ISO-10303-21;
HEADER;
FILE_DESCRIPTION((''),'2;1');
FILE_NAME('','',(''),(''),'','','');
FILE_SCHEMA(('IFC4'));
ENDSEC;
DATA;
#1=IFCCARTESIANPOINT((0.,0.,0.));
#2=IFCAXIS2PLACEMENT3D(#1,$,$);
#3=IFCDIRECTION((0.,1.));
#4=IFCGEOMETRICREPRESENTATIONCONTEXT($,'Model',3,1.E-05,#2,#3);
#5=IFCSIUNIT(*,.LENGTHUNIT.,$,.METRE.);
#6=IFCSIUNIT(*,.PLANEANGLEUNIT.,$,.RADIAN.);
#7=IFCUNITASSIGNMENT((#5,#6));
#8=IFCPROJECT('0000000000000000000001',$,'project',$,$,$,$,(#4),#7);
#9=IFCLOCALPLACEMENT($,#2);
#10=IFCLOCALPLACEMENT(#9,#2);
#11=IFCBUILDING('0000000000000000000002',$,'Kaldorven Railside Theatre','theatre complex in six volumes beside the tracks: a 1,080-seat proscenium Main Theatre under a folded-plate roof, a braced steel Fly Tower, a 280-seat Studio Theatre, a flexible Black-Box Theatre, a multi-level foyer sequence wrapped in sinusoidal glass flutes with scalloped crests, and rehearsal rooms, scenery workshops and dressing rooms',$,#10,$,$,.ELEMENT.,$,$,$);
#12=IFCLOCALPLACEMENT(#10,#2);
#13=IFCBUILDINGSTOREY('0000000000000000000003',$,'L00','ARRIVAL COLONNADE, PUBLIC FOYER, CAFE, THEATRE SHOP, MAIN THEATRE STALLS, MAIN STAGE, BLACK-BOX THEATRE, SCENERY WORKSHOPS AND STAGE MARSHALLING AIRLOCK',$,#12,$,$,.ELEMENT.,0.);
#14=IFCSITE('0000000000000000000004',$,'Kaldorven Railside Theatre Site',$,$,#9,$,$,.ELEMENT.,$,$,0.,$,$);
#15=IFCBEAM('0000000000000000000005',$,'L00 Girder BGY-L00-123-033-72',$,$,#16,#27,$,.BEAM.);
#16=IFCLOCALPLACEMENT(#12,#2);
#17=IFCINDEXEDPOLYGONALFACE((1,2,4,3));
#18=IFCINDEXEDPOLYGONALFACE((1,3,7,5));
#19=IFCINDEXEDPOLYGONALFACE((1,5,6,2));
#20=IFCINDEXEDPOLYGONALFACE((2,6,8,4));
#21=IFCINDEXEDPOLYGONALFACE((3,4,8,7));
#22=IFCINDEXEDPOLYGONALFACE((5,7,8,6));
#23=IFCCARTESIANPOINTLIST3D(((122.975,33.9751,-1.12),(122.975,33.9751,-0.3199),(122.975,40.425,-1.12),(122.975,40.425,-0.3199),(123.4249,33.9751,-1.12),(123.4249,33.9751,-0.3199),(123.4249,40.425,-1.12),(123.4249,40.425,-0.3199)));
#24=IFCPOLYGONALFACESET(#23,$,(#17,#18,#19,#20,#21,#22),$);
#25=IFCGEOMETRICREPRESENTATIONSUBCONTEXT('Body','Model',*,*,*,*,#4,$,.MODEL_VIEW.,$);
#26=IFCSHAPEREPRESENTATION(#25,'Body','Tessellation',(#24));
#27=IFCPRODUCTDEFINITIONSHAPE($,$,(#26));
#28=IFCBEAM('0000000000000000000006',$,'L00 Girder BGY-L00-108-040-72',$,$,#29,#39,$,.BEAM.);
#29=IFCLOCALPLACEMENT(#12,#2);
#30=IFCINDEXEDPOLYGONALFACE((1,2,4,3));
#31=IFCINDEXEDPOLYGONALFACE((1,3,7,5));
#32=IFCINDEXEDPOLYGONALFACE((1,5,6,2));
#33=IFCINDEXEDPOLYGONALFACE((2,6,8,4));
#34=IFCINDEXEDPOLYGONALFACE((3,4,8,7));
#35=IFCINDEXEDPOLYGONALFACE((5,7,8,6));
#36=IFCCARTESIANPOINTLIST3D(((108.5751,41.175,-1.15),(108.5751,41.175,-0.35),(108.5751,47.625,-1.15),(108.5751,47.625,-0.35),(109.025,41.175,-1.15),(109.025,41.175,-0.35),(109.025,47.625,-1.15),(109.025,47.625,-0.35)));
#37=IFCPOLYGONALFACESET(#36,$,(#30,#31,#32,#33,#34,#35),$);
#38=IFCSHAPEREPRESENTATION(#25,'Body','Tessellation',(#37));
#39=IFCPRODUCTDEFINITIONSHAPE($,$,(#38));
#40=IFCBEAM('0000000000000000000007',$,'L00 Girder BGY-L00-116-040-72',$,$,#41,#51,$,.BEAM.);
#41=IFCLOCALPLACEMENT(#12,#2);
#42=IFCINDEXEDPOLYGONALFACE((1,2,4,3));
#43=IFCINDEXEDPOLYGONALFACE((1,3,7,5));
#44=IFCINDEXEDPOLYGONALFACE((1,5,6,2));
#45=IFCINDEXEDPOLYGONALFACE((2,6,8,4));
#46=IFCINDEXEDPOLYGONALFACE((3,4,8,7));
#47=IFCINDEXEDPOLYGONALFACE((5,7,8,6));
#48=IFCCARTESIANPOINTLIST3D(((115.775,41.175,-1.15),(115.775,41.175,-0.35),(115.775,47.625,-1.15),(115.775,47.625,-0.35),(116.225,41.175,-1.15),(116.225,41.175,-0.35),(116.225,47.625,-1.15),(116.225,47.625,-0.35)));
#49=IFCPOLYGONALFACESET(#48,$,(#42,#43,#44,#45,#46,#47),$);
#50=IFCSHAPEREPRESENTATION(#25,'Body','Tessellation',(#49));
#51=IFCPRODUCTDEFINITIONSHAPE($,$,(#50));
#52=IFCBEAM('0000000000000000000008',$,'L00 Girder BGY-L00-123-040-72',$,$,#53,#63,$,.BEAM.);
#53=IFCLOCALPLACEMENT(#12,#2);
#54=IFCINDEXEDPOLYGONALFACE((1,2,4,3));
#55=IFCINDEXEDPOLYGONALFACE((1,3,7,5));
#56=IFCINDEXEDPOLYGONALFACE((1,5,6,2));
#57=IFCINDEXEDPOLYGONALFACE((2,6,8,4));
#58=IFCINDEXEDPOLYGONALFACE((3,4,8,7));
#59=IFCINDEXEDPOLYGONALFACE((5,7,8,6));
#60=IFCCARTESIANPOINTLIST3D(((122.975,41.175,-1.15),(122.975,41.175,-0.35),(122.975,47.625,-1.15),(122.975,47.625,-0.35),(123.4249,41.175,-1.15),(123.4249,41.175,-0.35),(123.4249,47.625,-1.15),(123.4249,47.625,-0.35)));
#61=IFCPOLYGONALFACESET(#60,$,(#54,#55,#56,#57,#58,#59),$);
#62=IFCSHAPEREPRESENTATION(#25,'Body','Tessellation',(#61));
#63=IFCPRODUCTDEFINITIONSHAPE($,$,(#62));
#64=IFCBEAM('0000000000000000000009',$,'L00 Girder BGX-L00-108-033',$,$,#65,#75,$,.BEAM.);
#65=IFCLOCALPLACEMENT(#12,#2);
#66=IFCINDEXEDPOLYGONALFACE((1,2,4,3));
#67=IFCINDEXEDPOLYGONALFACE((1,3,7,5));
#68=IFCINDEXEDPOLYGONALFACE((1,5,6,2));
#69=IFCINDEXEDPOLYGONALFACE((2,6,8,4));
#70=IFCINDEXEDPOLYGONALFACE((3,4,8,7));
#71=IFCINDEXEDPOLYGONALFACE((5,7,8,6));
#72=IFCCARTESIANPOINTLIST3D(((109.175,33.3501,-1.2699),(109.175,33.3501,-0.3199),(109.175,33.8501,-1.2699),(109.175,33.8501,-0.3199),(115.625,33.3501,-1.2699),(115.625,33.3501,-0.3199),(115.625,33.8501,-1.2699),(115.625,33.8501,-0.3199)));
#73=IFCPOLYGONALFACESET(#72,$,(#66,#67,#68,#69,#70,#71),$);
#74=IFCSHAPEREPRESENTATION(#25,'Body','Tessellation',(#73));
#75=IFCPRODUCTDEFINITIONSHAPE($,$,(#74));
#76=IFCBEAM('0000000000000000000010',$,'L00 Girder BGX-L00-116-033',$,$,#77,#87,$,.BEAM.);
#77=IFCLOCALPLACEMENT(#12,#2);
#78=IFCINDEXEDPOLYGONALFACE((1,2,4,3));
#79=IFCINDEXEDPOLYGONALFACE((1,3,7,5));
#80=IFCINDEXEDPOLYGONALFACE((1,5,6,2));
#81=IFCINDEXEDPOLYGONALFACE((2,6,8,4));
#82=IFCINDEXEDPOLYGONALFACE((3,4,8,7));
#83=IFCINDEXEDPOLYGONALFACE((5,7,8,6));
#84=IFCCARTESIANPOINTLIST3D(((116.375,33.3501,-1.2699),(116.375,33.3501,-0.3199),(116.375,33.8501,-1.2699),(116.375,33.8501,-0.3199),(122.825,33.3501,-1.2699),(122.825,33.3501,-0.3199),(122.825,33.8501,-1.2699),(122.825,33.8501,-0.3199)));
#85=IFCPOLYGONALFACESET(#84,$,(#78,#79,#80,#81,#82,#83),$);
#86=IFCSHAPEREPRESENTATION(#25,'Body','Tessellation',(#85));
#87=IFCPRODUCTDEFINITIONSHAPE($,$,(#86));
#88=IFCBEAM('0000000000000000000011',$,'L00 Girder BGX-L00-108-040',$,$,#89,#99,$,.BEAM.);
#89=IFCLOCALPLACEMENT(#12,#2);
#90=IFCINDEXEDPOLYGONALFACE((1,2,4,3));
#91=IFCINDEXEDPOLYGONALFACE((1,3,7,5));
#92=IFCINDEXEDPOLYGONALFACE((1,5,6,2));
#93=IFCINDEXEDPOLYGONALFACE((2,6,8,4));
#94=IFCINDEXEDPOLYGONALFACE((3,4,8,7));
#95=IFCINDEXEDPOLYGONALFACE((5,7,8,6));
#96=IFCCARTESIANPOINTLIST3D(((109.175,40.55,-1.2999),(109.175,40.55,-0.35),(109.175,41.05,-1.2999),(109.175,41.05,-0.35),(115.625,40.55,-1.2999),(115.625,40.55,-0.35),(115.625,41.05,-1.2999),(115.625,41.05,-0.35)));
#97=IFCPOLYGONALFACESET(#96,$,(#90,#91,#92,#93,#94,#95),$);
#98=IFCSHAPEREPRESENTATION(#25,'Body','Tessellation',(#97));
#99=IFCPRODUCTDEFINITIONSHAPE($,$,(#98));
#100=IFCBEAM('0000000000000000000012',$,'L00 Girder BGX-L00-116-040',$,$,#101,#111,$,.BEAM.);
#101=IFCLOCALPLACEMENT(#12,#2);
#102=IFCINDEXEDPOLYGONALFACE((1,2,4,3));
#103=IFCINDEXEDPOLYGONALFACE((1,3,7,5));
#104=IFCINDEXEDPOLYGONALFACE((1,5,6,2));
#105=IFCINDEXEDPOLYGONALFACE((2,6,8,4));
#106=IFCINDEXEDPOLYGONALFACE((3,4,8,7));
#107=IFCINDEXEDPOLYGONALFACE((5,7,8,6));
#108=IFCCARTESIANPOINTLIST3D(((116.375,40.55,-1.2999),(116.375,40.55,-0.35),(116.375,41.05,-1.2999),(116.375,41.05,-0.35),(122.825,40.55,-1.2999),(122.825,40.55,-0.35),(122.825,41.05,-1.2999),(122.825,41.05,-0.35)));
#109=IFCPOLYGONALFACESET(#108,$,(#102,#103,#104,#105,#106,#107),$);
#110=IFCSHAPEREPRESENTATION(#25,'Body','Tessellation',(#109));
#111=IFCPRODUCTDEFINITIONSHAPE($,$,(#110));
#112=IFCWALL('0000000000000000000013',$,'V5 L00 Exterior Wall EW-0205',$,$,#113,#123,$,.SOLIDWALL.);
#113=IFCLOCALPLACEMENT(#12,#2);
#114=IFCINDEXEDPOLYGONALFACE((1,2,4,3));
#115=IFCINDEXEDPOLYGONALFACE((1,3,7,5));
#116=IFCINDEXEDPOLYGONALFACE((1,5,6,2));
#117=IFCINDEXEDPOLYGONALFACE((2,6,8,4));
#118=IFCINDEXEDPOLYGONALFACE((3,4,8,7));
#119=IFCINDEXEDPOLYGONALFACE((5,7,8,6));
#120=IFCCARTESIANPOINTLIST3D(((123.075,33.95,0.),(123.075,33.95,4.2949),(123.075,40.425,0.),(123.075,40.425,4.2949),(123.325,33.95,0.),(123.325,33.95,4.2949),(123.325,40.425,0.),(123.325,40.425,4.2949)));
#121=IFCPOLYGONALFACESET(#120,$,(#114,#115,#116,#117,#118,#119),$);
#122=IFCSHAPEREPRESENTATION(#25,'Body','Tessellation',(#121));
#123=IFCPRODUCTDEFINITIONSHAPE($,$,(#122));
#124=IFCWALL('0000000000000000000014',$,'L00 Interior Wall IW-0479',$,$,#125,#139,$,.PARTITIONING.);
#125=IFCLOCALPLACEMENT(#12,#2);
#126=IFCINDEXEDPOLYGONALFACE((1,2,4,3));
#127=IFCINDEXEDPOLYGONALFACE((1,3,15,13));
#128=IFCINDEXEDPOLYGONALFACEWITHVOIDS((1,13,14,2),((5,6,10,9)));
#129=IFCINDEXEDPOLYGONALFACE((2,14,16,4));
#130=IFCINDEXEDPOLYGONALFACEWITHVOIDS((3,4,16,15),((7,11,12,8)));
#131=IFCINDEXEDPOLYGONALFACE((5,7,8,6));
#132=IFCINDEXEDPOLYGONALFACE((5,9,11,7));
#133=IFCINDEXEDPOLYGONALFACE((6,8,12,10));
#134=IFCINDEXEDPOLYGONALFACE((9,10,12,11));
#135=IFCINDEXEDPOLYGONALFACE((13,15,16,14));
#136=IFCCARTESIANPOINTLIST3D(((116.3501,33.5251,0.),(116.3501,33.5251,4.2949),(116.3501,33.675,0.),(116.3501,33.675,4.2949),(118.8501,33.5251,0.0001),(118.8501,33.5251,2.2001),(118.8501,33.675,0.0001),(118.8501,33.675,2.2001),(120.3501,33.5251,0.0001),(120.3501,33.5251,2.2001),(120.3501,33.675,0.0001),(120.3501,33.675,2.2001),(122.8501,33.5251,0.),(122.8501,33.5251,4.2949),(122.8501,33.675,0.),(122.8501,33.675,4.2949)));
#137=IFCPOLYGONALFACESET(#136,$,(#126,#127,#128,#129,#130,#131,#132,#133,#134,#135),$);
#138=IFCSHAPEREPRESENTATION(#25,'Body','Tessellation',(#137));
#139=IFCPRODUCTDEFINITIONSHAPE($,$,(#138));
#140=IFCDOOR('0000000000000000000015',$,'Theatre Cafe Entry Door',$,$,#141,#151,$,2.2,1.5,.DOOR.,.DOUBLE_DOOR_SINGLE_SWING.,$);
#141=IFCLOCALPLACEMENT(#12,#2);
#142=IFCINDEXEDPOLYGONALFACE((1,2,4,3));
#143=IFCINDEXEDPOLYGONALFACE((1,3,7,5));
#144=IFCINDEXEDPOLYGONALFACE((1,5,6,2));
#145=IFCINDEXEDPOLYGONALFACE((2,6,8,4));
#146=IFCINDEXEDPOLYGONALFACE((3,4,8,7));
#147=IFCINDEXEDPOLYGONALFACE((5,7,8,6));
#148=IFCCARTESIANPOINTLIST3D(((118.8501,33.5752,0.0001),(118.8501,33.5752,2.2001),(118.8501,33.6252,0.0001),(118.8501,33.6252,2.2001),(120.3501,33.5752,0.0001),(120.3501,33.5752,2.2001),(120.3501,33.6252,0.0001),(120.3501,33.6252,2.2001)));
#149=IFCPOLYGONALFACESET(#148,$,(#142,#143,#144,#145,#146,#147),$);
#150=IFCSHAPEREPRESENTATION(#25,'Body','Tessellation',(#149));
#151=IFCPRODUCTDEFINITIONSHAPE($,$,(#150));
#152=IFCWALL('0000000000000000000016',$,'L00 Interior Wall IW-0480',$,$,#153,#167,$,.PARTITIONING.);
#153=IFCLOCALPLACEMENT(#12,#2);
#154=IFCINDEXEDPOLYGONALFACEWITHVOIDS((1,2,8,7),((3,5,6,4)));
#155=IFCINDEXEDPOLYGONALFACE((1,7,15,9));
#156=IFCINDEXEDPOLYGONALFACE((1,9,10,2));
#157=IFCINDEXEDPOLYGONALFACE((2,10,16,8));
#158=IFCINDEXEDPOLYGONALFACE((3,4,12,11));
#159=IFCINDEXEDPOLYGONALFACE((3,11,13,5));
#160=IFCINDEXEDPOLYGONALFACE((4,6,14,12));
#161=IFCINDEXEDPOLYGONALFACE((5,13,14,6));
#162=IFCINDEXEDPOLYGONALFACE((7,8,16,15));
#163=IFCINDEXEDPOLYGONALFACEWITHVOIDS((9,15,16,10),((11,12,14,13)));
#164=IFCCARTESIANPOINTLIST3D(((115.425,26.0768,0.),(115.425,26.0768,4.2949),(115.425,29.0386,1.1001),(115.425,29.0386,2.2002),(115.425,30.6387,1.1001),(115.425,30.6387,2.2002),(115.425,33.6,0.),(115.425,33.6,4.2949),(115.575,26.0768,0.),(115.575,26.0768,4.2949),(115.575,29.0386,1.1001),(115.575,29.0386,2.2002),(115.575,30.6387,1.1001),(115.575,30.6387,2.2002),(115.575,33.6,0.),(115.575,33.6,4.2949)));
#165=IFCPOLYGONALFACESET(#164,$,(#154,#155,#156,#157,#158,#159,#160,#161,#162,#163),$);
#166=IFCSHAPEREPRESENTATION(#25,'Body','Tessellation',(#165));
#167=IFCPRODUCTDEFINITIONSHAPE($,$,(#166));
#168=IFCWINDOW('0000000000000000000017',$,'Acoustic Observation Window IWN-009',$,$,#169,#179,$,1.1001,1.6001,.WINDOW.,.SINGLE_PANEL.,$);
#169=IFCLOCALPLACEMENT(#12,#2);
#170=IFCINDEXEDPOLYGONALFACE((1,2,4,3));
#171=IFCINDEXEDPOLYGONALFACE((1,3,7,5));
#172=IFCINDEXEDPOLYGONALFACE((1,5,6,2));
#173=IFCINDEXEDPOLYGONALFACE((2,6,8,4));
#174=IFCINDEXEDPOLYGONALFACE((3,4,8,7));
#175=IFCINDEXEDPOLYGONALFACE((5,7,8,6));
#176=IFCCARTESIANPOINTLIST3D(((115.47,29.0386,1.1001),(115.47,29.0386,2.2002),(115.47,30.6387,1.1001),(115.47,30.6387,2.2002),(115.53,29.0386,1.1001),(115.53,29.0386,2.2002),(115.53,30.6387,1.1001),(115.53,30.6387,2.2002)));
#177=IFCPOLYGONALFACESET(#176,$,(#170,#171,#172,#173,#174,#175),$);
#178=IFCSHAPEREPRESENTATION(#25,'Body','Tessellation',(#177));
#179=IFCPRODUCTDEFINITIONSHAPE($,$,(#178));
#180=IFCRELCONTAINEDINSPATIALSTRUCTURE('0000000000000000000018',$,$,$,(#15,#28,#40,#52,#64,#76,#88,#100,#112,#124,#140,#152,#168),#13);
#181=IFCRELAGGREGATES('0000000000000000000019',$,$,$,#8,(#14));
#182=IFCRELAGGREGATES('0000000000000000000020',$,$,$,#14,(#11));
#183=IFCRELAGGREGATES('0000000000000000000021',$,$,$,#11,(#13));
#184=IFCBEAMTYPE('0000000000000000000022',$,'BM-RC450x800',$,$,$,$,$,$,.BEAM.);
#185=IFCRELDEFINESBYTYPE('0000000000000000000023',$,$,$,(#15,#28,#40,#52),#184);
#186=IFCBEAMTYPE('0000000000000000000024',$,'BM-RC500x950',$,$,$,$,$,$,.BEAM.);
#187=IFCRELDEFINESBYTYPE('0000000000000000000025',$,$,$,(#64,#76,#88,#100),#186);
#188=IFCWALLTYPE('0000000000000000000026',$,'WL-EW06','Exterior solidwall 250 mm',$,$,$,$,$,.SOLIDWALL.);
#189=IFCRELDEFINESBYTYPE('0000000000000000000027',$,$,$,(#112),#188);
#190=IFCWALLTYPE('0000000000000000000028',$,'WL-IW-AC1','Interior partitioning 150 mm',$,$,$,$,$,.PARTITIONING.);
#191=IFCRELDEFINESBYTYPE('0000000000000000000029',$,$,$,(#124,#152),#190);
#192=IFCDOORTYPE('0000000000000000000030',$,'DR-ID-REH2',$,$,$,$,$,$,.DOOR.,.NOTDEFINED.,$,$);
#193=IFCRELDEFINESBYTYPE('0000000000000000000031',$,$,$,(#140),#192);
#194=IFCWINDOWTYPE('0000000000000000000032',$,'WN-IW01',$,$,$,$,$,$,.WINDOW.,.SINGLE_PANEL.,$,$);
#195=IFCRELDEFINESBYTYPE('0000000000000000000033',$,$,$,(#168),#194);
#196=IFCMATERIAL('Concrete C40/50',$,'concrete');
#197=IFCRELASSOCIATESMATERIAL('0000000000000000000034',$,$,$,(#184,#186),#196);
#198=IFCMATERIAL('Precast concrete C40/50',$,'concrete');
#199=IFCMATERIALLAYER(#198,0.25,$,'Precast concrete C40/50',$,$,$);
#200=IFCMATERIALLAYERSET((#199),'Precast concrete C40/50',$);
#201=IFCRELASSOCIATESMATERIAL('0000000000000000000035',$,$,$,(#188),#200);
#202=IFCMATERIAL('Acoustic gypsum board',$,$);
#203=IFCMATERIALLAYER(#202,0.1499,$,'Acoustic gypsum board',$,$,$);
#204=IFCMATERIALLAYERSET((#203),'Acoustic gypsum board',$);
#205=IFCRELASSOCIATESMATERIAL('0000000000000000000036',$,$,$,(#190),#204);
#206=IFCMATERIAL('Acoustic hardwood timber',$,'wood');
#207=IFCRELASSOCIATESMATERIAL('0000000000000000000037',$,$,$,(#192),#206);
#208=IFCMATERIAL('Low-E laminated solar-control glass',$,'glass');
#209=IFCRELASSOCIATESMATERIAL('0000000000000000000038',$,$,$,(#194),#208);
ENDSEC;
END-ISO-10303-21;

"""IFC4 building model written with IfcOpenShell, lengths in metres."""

from ifc_helpers import new_model, si_unit, direction, frame, frame_2d, origin, origin_2d, place, context, subcontext, project, spatial, rectangle, extrude, material, layer, layer_set, material_profile, profile_set, type_object, element, fill, save


model = new_model("IFC4")

# Units and contexts
model_context = context("Model", 3, precision=1e-05, world=origin(), true_north=direction((0.0, 1.0)))
body_context = subcontext(model_context, "Body", "Model", "MODEL_VIEW")
ifc_project = project(units=[si_unit("LENGTHUNIT", "METRE"), si_unit("PLANEANGLEUNIT", "RADIAN")], contexts=[model_context])

# Site, building, storey
site_placement = place(None, origin())
site = spatial("IfcSite", under=ifc_project, at=site_placement, Name="Kaldorven Railside Theatre Site", CompositionType="ELEMENT", RefElevation=0.0)
building_placement = place(site_placement, origin())
building = spatial("IfcBuilding", under=site, at=building_placement, Name="Kaldorven Railside Theatre", Description="theatre complex in six volumes beside the tracks: a 1,080-seat proscenium Main Theatre under a folded-plate roof, a braced steel Fly Tower, a 280-seat Studio Theatre, a flexible Black-Box Theatre, a multi-level foyer sequence wrapped in sinusoidal glass flutes with scalloped crests, and rehearsal rooms, scenery workshops and dressing rooms", CompositionType="ELEMENT")
storey_placement = place(building_placement, origin())
storey = spatial("IfcBuildingStorey", under=building, at=storey_placement, Name="L00", Description="ARRIVAL COLONNADE, PUBLIC FOYER, CAFE, THEATRE SHOP, MAIN THEATRE STALLS, MAIN STAGE, BLACK-BOX THEATRE, SCENERY WORKSHOPS AND STAGE MARSHALLING AIRLOCK", CompositionType="ELEMENT", Elevation=0.0)

# Shared definitions
ifc_material_1 = material(Name="Concrete C40/50", Category="concrete")

# Beams
ifc_material_profile_1 = material_profile(ifc_material_1, rectangle(XDim=0.45, YDim=0.8, at=origin_2d()), Name="RC 450x800")
ifc_profile_set_1 = profile_set([ifc_material_profile_1], Name="Concrete C40/50")
beam_type_1 = type_object("IfcBeamType", Name="BM-RC450x800", PredefinedType="BEAM", material=ifc_profile_set_1)
for number, where, z_axis, x_axis, name in (
    (1, (123.2, 33.9751, -0.72), (0.0, 1.0, 0.0), (-1.0, 0.0, 0.0), "L00 Girder BGY-L00-123-033-72"),
    (2, (108.8, 41.175, -0.75), (0.0, 1.0, 0.0), (-1.0, 0.0, 0.0), "L00 Girder BGY-L00-108-040-72"),
    (3, (116.0, 41.175, -0.75), (0.0, 1.0, 0.0), (-1.0, 0.0, 0.0), "L00 Girder BGY-L00-116-040-72"),
    (4, (123.2, 41.175, -0.75), (0.0, 1.0, 0.0), (-1.0, 0.0, 0.0), "L00 Girder BGY-L00-123-040-72"),
):
    element("IfcBeam", number, at=place(storey_placement, frame(where, z_axis=z_axis, x_axis=x_axis)), inside=storey, type_object=beam_type_1, Name=name, PredefinedType="BEAM", context=body_context, shape_type="SweptSolid", body=[
        extrude(rectangle(XDim=0.45, YDim=0.8, at=origin_2d()), origin(), (0.0, 0.0, 1.0), 6.45),
    ])
ifc_material_profile_2 = material_profile(ifc_material_1, rectangle(XDim=0.5, YDim=0.95, at=origin_2d()), Name="RC 500x950")
ifc_profile_set_2 = profile_set([ifc_material_profile_2], Name="Concrete C40/50")
beam_type_2 = type_object("IfcBeamType", Name="BM-RC500x950", PredefinedType="BEAM", material=ifc_profile_set_2)
for number, where, z_axis, x_axis, name in (
    (5, (109.175, 33.6001, -0.7949), (1.0, 0.0, 0.0), (0.0, 1.0, 0.0), "L00 Girder BGX-L00-108-033"),
    (6, (116.375, 33.6001, -0.7949), (1.0, 0.0, 0.0), (0.0, 1.0, 0.0), "L00 Girder BGX-L00-116-033"),
    (7, (109.175, 40.8, -0.825), (1.0, 0.0, 0.0), (0.0, 1.0, 0.0), "L00 Girder BGX-L00-108-040"),
    (8, (116.375, 40.8, -0.825), (1.0, 0.0, 0.0), (0.0, 1.0, 0.0), "L00 Girder BGX-L00-116-040"),
):
    element("IfcBeam", number, at=place(storey_placement, frame(where, z_axis=z_axis, x_axis=x_axis)), inside=storey, type_object=beam_type_2, Name=name, PredefinedType="BEAM", context=body_context, shape_type="SweptSolid", body=[
        extrude(rectangle(XDim=0.5, YDim=0.95, at=origin_2d()), origin(), (0.0, 0.0, 1.0), 6.45),
    ])

# Wall
ifc_material_2 = material(Name="Precast concrete C40/50", Category="concrete")
ifc_layer_1 = layer(ifc_material_2, 0.25, Name="Precast concrete C40/50")
ifc_layer_set_1 = layer_set([ifc_layer_1], Name="Precast concrete C40/50")
wall_type_1 = type_object("IfcWallType", Name="WL-EW06", Description="Exterior solidwall 250 mm", PredefinedType="SOLIDWALL", material=ifc_layer_set_1)
wall_1_placement = place(storey_placement, frame((123.2, 40.425, 0.0), z_axis=(0.0, 0.0, 1.0), x_axis=(0.0, -1.0, 0.0)))
element("IfcWall", 9, at=wall_1_placement, inside=storey, type_object=wall_type_1, Name="V5 L00 Exterior Wall EW-0205", PredefinedType="SOLIDWALL", context=body_context, shape_type="SweptSolid", body=[
    extrude(rectangle(XDim=6.4751, YDim=0.25, at=frame_2d((3.2375, 0.0))), origin(), (0.0, 0.0, 1.0), 4.2949),
])

# Wall, opening, door
ifc_material_3 = material(Name="Acoustic gypsum board")
ifc_layer_2 = layer(ifc_material_3, 0.1499, Name="Acoustic gypsum board")
ifc_layer_set_2 = layer_set([ifc_layer_2], Name="Acoustic gypsum board")
wall_type_2 = type_object("IfcWallType", Name="WL-IW-AC1", Description="Interior partitioning 150 mm", PredefinedType="PARTITIONING", material=ifc_layer_set_2)
wall_2_placement = place(storey_placement, frame((122.8501, 33.6001, 0.0), z_axis=(0.0, 0.0, 1.0), x_axis=(-1.0, 0.0, 0.0)))
wall_2 = element("IfcWall", 10, at=wall_2_placement, inside=storey, type_object=wall_type_2, Name="L00 Interior Wall IW-0479", PredefinedType="PARTITIONING", context=body_context, shape_type="SweptSolid", body=[
    extrude(rectangle(XDim=6.5, YDim=0.1499, at=frame_2d((3.25, 0.0))), origin(), (0.0, 0.0, 1.0), 4.2949),
])
opening_1_placement = place(wall_2_placement, frame((2.5, 0.0, 0.0)))
opening_1 = element("IfcOpeningElement", 11, at=opening_1_placement, cuts=wall_2, PredefinedType="OPENING", context=body_context, shape_type="SweptSolid", body=[
    extrude(rectangle(XDim=1.5, YDim=2.2, at=frame_2d((0.75, 1.1001))), frame((0.0, 0.085, 0.0), z_axis=(0.0, -1.0, 0.0), x_axis=(1.0, 0.0, 0.0)), (0.0, 0.0, 1.0), 0.1699),
])
ifc_material_4 = material(Name="Acoustic hardwood timber", Category="wood")
door_type_1 = type_object("IfcDoorType", Name="DR-ID-REH2", OperationType="NOTDEFINED", PredefinedType="DOOR", material=ifc_material_4)
door_1_placement = place(opening_1_placement, origin())
door_1 = element("IfcDoor", 12, at=door_1_placement, inside=storey, type_object=door_type_1, Name="Theatre Cafe Entry Door", OperationType="DOUBLE_DOOR_SINGLE_SWING", OverallHeight=2.2, OverallWidth=1.5, PredefinedType="DOOR", context=body_context, shape_type="SweptSolid", body=[
    extrude(rectangle(XDim=1.5, YDim=2.2, at=frame_2d((0.75, 1.1001))), frame((0.0, 0.0249, 0.0), z_axis=(0.0, -1.0, 0.0), x_axis=(1.0, 0.0, 0.0)), (0.0, 0.0, 1.0), 0.05),
])
fill(opening_1, door_1)

# Wall, opening, window
wall_3_placement = place(storey_placement, frame((115.5, 33.6001, 0.0), z_axis=(0.0, 0.0, 1.0), x_axis=(0.0, -1.0, 0.0)))
wall_3 = element("IfcWall", 13, at=wall_3_placement, inside=storey, type_object=wall_type_2, Name="L00 Interior Wall IW-0480", PredefinedType="PARTITIONING", context=body_context, shape_type="SweptSolid", body=[
    extrude(rectangle(XDim=7.5232, YDim=0.1499, at=frame_2d((3.7617, 0.0))), origin(), (0.0, 0.0, 1.0), 4.2949),
])
opening_2_placement = place(wall_3_placement, frame((2.9614, 0.0, 1.1001)))
opening_2 = element("IfcOpeningElement", 14, at=opening_2_placement, cuts=wall_3, PredefinedType="OPENING", context=body_context, shape_type="SweptSolid", body=[
    extrude(rectangle(XDim=1.6001, YDim=1.1001, at=frame_2d((0.8, 0.55))), frame((0.0, 0.085, 0.0), z_axis=(0.0, -1.0, 0.0), x_axis=(1.0, 0.0, 0.0)), (0.0, 0.0, 1.0), 0.1699),
])
ifc_material_5 = material(Name="Low-E laminated solar-control glass", Category="glass")
window_type = type_object("IfcWindowType", Name="WN-IW01", PartitioningType="SINGLE_PANEL", PredefinedType="WINDOW", material=ifc_material_5)
window_placement = place(opening_2_placement, origin())
window = element("IfcWindow", 15, at=window_placement, inside=storey, type_object=window_type, Name="Acoustic Observation Window IWN-009", OverallHeight=1.1001, OverallWidth=1.6001, PartitioningType="SINGLE_PANEL", PredefinedType="WINDOW", context=body_context, shape_type="SweptSolid", body=[
    extrude(rectangle(XDim=1.6001, YDim=1.1001, at=frame_2d((0.8, 0.55))), frame((0.0, 0.03, 0.0), z_axis=(0.0, -1.0, 0.0), x_axis=(1.0, 0.0, 0.0)), (0.0, 0.0, 1.0), 0.0601),
])
fill(opening_2, window)

save(model, "model.ifc")
